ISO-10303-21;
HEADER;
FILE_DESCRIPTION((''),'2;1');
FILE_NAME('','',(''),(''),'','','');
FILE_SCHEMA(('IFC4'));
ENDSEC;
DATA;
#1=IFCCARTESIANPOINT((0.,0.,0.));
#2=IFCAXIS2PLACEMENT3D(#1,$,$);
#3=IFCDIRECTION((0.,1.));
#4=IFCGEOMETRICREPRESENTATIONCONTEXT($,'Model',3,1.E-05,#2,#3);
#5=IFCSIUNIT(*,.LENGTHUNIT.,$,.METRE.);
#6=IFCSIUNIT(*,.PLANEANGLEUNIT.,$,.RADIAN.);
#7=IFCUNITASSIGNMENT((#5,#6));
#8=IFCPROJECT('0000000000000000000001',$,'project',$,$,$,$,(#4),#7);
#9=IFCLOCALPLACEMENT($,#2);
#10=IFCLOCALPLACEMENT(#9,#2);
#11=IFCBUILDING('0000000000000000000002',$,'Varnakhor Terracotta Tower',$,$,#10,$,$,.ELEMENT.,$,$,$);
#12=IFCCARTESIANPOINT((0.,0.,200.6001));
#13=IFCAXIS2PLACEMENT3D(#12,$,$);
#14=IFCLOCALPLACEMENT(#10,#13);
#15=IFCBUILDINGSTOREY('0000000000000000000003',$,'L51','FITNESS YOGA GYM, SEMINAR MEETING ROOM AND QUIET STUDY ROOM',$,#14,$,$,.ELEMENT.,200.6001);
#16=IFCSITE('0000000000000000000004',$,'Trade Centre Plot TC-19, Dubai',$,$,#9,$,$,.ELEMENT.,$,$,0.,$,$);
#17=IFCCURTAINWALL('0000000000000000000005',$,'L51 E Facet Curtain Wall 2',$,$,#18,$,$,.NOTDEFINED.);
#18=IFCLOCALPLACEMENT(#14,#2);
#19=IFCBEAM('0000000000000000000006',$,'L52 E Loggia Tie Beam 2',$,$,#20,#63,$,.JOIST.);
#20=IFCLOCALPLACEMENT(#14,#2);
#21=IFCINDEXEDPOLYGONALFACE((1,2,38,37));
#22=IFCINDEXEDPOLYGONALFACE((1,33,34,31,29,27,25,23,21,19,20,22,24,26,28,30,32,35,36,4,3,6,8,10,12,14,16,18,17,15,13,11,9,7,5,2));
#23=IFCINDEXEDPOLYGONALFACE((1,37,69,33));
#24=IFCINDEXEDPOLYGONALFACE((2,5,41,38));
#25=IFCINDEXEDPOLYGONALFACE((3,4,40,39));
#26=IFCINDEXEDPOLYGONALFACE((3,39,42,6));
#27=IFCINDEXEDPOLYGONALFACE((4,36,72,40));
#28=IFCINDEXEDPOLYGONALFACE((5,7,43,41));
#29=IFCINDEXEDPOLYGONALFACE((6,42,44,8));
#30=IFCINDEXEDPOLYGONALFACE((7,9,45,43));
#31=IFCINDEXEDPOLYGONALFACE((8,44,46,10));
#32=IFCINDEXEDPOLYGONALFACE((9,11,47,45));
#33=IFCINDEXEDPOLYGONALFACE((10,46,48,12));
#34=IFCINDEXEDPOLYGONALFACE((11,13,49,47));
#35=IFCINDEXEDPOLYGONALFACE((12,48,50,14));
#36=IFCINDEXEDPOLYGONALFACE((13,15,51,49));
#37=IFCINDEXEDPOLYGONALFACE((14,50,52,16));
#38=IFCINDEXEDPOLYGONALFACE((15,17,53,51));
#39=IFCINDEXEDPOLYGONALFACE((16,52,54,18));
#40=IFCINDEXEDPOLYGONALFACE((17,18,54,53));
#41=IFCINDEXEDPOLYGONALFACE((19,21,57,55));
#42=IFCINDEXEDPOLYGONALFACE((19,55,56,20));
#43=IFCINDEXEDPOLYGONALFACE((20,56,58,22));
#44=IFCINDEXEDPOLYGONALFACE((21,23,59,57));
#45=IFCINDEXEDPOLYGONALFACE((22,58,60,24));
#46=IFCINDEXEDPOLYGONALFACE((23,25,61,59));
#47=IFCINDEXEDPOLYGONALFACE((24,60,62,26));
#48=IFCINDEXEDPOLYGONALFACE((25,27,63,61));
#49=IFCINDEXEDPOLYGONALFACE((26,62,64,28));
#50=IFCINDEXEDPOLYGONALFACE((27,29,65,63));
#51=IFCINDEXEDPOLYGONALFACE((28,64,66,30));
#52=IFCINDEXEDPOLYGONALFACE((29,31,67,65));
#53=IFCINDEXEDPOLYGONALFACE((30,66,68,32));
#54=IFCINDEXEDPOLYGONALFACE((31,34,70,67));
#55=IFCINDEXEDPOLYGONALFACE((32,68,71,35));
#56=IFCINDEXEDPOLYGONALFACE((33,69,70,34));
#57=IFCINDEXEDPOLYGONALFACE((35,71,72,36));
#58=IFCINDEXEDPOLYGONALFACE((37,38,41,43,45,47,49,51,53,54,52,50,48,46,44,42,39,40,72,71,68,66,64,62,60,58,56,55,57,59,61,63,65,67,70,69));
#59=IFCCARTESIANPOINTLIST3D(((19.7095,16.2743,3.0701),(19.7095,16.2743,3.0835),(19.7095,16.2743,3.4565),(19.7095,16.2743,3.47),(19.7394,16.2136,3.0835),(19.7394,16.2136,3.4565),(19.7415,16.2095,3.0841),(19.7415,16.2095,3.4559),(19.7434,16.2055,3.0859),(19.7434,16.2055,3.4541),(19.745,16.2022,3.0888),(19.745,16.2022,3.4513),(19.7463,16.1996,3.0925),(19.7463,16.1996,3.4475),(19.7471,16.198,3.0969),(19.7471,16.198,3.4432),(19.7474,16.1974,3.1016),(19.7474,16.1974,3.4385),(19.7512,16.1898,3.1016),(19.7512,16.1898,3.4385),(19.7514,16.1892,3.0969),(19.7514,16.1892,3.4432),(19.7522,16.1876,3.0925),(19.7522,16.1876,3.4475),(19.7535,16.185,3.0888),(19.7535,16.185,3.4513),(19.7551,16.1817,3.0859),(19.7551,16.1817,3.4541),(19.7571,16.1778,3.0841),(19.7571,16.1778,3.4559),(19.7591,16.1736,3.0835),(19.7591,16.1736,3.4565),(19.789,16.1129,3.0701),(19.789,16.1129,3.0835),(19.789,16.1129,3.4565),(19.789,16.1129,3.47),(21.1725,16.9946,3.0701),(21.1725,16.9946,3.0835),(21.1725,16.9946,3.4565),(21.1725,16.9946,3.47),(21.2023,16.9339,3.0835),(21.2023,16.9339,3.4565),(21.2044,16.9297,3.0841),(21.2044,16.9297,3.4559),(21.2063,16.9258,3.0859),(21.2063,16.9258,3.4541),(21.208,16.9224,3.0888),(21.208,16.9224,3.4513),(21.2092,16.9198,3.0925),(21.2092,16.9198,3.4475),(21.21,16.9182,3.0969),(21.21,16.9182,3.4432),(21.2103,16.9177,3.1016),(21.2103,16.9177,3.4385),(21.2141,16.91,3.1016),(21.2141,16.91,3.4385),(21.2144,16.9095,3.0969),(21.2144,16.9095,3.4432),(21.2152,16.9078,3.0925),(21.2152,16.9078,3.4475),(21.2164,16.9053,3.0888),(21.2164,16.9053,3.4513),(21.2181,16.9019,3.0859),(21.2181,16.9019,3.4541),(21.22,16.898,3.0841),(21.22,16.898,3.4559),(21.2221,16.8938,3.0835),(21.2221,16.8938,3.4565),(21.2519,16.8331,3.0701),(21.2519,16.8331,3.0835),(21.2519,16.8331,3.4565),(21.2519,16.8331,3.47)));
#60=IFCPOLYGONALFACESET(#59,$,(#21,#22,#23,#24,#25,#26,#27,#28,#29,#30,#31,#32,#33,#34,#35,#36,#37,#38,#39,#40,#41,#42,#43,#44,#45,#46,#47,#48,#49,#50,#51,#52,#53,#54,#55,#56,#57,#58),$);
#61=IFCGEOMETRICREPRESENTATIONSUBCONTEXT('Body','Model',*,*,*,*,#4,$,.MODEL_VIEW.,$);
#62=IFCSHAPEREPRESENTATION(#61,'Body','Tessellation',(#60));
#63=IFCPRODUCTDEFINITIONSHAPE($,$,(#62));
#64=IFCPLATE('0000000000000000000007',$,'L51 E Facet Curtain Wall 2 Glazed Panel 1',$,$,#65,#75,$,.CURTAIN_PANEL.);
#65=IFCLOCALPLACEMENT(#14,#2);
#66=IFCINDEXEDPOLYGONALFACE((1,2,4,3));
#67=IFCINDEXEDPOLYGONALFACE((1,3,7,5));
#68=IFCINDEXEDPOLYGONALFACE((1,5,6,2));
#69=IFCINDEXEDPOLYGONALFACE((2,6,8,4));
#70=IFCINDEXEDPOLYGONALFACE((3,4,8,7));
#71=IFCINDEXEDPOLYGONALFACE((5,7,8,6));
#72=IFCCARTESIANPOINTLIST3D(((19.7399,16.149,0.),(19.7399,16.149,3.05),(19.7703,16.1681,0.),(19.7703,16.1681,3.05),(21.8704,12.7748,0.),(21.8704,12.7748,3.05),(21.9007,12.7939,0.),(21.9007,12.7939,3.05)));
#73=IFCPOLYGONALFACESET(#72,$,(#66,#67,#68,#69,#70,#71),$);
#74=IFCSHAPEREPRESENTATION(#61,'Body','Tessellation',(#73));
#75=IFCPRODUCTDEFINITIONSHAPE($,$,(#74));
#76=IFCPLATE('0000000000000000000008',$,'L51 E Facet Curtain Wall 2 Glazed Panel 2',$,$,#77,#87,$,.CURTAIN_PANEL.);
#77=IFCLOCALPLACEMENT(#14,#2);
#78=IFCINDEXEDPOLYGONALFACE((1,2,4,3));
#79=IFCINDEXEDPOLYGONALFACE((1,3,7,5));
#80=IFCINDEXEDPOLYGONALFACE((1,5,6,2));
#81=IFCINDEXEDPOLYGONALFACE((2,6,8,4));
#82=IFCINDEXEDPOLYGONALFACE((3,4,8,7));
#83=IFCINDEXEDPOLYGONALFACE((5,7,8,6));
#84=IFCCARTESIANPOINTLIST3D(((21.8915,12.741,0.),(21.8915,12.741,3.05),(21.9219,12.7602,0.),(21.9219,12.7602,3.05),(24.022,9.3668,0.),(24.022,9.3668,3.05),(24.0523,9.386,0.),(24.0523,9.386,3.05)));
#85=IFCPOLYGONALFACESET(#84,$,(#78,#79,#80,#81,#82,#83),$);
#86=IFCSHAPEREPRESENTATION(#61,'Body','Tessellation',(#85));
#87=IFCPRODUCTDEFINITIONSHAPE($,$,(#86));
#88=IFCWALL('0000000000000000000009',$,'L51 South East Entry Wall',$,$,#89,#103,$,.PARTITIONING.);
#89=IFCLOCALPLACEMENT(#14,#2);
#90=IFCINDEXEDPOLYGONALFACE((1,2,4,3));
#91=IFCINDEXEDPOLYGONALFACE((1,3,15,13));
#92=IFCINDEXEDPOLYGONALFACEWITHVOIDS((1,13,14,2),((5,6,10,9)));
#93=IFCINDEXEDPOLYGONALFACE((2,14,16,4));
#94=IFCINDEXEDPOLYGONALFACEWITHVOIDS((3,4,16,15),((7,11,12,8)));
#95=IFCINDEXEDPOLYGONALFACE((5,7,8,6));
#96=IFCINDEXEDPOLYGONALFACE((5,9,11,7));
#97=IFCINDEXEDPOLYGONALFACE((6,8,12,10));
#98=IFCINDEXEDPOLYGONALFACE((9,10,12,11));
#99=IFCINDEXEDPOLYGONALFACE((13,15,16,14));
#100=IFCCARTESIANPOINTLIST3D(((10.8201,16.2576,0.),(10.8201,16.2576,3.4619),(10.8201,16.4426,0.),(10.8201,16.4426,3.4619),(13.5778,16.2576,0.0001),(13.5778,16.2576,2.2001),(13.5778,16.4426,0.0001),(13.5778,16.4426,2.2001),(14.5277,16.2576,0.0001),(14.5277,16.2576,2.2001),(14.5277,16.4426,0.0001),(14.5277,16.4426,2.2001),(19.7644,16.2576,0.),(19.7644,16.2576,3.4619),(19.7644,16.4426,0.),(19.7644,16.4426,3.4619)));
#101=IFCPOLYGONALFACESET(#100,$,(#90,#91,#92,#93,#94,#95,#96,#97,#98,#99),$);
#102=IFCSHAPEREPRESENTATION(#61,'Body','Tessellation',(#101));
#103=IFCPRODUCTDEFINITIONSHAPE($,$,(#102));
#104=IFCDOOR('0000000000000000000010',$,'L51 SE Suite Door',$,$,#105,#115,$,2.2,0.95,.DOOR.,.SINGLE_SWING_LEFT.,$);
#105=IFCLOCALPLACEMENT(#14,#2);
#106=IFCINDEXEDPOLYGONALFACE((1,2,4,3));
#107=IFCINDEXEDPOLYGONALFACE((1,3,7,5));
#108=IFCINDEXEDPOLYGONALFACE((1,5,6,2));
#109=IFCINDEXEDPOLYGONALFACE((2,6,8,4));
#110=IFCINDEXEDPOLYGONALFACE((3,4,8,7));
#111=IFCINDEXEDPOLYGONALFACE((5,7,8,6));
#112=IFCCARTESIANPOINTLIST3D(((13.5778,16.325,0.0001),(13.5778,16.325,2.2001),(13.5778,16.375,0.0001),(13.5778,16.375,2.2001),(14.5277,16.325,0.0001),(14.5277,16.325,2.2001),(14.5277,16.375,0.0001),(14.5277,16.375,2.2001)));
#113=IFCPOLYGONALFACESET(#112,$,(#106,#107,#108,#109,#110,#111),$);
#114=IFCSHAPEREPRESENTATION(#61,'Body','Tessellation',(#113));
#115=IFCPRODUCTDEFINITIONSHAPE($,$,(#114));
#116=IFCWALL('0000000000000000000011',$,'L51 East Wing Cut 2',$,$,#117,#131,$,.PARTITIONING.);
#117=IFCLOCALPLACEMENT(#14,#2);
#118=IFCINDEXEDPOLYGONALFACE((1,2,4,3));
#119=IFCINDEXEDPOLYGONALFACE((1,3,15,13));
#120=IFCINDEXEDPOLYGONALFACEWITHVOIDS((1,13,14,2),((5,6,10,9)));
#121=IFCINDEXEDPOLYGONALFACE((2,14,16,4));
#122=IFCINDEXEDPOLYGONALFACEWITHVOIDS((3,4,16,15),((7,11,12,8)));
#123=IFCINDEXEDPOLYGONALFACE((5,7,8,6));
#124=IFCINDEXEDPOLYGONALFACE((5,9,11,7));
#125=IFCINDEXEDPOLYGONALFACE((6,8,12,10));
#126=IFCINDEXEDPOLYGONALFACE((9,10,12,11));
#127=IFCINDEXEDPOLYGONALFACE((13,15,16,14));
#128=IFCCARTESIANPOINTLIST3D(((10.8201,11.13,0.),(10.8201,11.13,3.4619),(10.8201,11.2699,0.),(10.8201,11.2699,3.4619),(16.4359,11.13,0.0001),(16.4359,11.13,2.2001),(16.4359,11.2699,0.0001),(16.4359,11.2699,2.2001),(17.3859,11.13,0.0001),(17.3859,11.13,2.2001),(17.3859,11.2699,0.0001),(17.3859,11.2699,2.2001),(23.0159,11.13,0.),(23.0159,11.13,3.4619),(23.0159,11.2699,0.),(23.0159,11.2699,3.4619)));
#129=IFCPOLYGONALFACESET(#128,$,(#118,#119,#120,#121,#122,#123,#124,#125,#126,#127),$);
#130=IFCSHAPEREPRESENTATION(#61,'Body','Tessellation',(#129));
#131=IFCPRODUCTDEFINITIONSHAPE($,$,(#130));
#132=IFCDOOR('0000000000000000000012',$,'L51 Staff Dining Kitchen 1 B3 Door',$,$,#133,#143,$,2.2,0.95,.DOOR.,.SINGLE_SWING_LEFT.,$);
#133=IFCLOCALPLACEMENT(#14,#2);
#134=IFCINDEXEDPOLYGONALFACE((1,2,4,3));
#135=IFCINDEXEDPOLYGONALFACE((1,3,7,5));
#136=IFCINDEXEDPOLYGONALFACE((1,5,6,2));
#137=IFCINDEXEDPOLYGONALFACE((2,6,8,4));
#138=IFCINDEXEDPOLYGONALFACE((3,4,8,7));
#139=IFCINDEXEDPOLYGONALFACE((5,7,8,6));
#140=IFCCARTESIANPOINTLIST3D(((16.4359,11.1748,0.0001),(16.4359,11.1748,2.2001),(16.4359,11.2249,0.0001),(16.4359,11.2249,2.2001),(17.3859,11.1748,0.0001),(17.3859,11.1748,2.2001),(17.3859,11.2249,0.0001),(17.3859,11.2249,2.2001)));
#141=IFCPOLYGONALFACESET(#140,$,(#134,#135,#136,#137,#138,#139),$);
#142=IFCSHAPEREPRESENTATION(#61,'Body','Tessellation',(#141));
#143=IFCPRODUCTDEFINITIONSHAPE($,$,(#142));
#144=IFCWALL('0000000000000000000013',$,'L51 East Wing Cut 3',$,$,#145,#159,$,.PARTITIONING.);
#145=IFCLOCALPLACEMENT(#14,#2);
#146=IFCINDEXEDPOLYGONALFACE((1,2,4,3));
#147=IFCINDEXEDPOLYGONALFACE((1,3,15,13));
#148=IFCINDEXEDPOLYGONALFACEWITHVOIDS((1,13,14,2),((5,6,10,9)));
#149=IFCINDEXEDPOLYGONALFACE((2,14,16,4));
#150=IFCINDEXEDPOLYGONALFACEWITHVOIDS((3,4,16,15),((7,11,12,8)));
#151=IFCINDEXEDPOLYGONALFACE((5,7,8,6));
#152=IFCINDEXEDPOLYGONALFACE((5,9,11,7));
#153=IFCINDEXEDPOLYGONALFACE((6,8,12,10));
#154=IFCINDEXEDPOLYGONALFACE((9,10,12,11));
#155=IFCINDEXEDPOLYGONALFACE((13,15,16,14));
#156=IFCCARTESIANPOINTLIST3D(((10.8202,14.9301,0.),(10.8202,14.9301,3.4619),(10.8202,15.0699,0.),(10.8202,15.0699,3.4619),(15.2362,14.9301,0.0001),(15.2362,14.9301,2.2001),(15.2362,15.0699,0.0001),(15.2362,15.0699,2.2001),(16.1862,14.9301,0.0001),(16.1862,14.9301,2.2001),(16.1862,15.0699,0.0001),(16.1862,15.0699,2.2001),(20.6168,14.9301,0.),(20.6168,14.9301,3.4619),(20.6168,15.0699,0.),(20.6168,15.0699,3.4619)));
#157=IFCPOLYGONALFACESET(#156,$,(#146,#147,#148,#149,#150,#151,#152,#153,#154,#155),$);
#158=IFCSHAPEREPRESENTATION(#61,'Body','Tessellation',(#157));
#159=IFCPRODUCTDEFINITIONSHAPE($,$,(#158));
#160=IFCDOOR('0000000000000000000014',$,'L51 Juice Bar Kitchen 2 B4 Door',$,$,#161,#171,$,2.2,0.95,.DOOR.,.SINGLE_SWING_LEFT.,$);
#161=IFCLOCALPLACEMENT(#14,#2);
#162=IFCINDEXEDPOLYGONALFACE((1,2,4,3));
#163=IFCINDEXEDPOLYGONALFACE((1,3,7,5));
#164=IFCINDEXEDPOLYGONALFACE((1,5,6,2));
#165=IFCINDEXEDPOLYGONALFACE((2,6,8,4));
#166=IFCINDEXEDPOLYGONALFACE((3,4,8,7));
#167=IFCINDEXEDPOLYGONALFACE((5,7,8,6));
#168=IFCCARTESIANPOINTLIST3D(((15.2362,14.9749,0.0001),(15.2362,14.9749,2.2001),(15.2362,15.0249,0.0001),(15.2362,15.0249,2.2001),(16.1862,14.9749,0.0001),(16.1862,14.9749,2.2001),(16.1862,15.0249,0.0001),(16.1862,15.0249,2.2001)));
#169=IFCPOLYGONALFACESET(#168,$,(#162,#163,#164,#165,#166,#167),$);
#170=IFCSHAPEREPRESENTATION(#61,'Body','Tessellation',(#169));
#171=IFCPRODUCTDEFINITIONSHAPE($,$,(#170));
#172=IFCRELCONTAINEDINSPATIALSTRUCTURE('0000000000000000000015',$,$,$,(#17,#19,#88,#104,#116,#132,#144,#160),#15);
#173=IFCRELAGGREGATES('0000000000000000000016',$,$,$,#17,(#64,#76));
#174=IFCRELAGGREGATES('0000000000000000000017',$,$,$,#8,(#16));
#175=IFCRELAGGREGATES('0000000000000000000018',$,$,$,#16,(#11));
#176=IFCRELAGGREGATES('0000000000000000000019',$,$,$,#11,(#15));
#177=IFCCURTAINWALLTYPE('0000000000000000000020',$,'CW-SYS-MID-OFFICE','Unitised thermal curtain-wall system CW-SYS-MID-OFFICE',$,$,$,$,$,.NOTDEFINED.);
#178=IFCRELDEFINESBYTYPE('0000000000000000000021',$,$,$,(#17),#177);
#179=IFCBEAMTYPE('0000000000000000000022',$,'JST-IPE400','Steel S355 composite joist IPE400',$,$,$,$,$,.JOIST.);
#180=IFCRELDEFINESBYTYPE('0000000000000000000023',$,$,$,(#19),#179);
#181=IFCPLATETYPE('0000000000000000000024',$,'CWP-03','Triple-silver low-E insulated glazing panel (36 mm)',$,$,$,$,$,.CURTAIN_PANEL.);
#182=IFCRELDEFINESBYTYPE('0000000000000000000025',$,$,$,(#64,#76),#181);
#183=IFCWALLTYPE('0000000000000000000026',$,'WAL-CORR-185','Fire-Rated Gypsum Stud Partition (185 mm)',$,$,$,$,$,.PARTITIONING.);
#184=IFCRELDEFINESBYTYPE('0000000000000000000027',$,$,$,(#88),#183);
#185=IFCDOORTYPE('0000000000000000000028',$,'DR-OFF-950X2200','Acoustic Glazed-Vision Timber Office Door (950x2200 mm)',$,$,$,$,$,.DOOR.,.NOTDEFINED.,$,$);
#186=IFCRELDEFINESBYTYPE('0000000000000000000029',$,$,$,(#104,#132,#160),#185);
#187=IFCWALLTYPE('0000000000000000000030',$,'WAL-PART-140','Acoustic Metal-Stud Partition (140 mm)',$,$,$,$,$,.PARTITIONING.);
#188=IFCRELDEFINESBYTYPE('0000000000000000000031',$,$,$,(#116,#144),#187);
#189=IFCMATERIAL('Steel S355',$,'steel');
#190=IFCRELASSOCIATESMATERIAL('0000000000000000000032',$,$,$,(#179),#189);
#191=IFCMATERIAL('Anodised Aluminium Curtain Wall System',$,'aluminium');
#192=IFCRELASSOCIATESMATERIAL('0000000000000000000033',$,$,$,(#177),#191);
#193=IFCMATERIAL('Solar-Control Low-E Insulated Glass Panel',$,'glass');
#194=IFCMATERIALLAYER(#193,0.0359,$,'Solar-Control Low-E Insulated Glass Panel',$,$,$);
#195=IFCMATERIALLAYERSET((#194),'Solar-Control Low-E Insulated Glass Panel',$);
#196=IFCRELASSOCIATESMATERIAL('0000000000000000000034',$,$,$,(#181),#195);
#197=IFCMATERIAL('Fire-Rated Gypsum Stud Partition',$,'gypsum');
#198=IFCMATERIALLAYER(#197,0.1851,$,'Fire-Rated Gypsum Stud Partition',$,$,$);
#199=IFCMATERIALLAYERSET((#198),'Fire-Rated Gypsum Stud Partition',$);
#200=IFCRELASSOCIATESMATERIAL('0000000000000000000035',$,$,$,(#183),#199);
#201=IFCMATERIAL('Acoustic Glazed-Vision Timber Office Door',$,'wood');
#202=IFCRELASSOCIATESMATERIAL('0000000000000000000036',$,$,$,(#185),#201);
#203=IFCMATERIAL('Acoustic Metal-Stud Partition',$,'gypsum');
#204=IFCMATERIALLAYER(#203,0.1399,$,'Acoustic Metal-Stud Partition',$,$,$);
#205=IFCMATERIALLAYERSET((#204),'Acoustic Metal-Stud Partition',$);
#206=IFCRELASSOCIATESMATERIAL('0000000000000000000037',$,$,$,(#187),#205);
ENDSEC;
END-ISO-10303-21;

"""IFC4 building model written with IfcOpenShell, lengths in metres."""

from ifc_helpers import new_model, si_unit, direction, frame, frame_2d, origin, origin_2d, place, context, subcontext, project, spatial, rectangle, i_section, extrude, source, transform, mapped, material, layer, layer_set, material_profile, profile_set, type_object, type_shapes, element, fill, aggregate, save


model = new_model("IFC4")

# Units and contexts
model_context = context("Model", 3, precision=1e-05, world=origin(), true_north=direction((0.0, 1.0)))
body_context = subcontext(model_context, "Body", "Model", "MODEL_VIEW")
ifc_project = project(units=[si_unit("LENGTHUNIT", "METRE"), si_unit("PLANEANGLEUNIT", "RADIAN")], contexts=[model_context])

# Site, building, storey
site_placement = place(None, origin())
site = spatial("IfcSite", under=ifc_project, at=site_placement, Name="Trade Centre Plot TC-19, Dubai", CompositionType="ELEMENT", RefElevation=0.0)
building_placement = place(site_placement, origin())
building = spatial("IfcBuilding", under=site, at=building_placement, Name="Varnakhor Terracotta Tower", CompositionType="ELEMENT")
storey_placement = place(building_placement, frame((0.0, 0.0, 200.6001)))
storey = spatial("IfcBuildingStorey", under=building, at=storey_placement, Name="L51", Description="FITNESS YOGA GYM, SEMINAR MEETING ROOM AND QUIET STUDY ROOM", CompositionType="ELEMENT", Elevation=200.6001)

# Shared definitions
ifc_material_1 = material(Name="Steel S355", Category="steel")
ifc_material_profile_1 = material_profile(ifc_material_1, i_section(OverallWidth=0.1799, OverallDepth=0.3999, WebThickness=0.0085, FlangeThickness=0.0134, FilletRadius=0.0181, at=origin_2d()), Name="IPE400")
ifc_profile_set_1 = profile_set([ifc_material_profile_1], Name="Steel S355")
beam_type = type_object("IfcBeamType", Name="JST-IPE400", Description="Steel S355 composite joist IPE400", PredefinedType="JOIST", material=ifc_profile_set_1)

# Curtain wall
ifc_material_2 = material(Name="Anodised Aluminium Curtain Wall System", Category="aluminium")
curtain_wall_type = type_object("IfcCurtainWallType", Name="CW-SYS-MID-OFFICE", Description="Unitised thermal curtain-wall system CW-SYS-MID-OFFICE", PredefinedType="NOTDEFINED", material=ifc_material_2)
curtain_wall_placement = place(storey_placement, origin())
curtain_wall = element("IfcCurtainWall", 1, at=curtain_wall_placement, inside=storey, type_object=curtain_wall_type, Name="L51 E Facet Curtain Wall 2", PredefinedType="NOTDEFINED")

# Beam
shared_shape_1 = source(origin(), body_context, "Body", "SweptSolid", [
    extrude(i_section(OverallWidth=0.1799, OverallDepth=0.3999, WebThickness=0.0085, FlangeThickness=0.0134, FilletRadius=0.0181, at=origin_2d()), origin(), (0.0, 0.0, 1.0), 1.6306),
])
beam_1_placement = place(storey_placement, frame((19.7493, 16.1936, 3.27), z_axis=(0.897165, 0.441695, 0.0), x_axis=(-0.441695, 0.897165, 0.0)))
element("IfcBeam", 2, at=beam_1_placement, inside=storey, type_object=beam_type, Name="L52 E Loggia Tie Beam 2", PredefinedType="JOIST", context=body_context, shape_type="MappedRepresentation", body=[
    mapped(shared_shape_1, transform((0.0, 0.0, 0.0), scale=1.0)),
])

# Plates
ifc_material_3 = material(Name="Solar-Control Low-E Insulated Glass Panel", Category="glass")
ifc_layer_1 = layer(ifc_material_3, 0.0359, Name="Solar-Control Low-E Insulated Glass Panel")
ifc_layer_set_1 = layer_set([ifc_layer_1], Name="Solar-Control Low-E Insulated Glass Panel")
plate_type = type_object("IfcPlateType", Name="CWP-03", Description="Triple-silver low-E insulated glazing panel (36 mm)", PredefinedType="CURTAIN_PANEL", material=ifc_layer_set_1)
shared_shape_2 = source(origin(), body_context, "Body", "SweptSolid", [
    extrude(rectangle(XDim=3.9905, YDim=0.0359, at=origin_2d()), origin(), (0.0, 0.0, 1.0), 3.05),
])
plate_1_placement = place(storey_placement, frame((20.8203, 14.4714, 0.0), z_axis=(0.0, 0.0, 1.0), x_axis=(0.53388, -0.84556, 0.0)))
plate_1 = element("IfcPlate", 3, at=plate_1_placement, type_object=plate_type, Name="L51 E Facet Curtain Wall 2 Glazed Panel 1", PredefinedType="CURTAIN_PANEL", context=body_context, shape_type="MappedRepresentation", body=[
    mapped(shared_shape_2, transform((0.0, 0.0, 0.0), scale=1.0)),
])
plate_2_placement = place(storey_placement, frame((22.9719, 11.0635, 0.0), z_axis=(0.0, 0.0, 1.0), x_axis=(0.53388, -0.84556, 0.0)))
plate_2 = element("IfcPlate", 4, at=plate_2_placement, type_object=plate_type, Name="L51 E Facet Curtain Wall 2 Glazed Panel 2", PredefinedType="CURTAIN_PANEL", context=body_context, shape_type="MappedRepresentation", body=[
    mapped(shared_shape_2, transform((0.0, 0.0, 0.0), scale=1.0)),
])
aggregate(curtain_wall, [plate_1, plate_2])

# Walls, openings, doors
ifc_material_4 = material(Name="Fire-Rated Gypsum Stud Partition", Category="gypsum")
ifc_layer_2 = layer(ifc_material_4, 0.1851, Name="Fire-Rated Gypsum Stud Partition")
ifc_layer_set_2 = layer_set([ifc_layer_2], Name="Fire-Rated Gypsum Stud Partition")
wall_type_1 = type_object("IfcWallType", Name="WAL-CORR-185", Description="Fire-Rated Gypsum Stud Partition (185 mm)", PredefinedType="PARTITIONING", material=ifc_layer_set_2)
wall_1_placement = place(storey_placement, frame((10.8201, 16.3501, 0.0), z_axis=(0.0, 0.0, 1.0), x_axis=(1.0, 0.0, 0.0)))
wall_1 = element("IfcWall", 5, at=wall_1_placement, inside=storey, type_object=wall_type_1, Name="L51 South East Entry Wall", PredefinedType="PARTITIONING", context=body_context, shape_type="SweptSolid", body=[
    extrude(rectangle(XDim=8.9443, YDim=0.1851, at=frame_2d((4.4722, 0.0))), origin(), (0.0, 0.0, 1.0), 3.4619),
])
opening_1_placement = place(wall_1_placement, frame((2.7576, 0.0, 0.0)))
opening_1 = element("IfcOpeningElement", 6, at=opening_1_placement, cuts=wall_1, PredefinedType="OPENING", context=body_context, shape_type="SweptSolid", body=[
    extrude(rectangle(XDim=0.95, YDim=2.2, at=frame_2d((0.4751, 1.1001))), frame((0.0, 0.1025, 0.0), z_axis=(0.0, -1.0, 0.0), x_axis=(1.0, 0.0, 0.0)), (0.0, 0.0, 1.0), 0.2051),
])
ifc_material_5 = material(Name="Acoustic Glazed-Vision Timber Office Door", Category="wood")
door_type = type_object("IfcDoorType", Name="DR-OFF-950X2200", Description="Acoustic Glazed-Vision Timber Office Door (950x2200 mm)", OperationType="NOTDEFINED", PredefinedType="DOOR", material=ifc_material_5)
shared_shape_3 = source(origin(), body_context, "Body", "SweptSolid", [
    extrude(rectangle(XDim=0.95, YDim=2.2, at=frame_2d((0.4751, 1.1001))), frame((0.0, 0.0249, 0.0), z_axis=(0.0, -1.0, 0.0), x_axis=(1.0, 0.0, 0.0)), (0.0, 0.0, 1.0), 0.05),
])
type_shapes(door_type, [shared_shape_3])
door_1_placement = place(opening_1_placement, origin())
door_1 = element("IfcDoor", 7, at=door_1_placement, inside=storey, type_object=door_type, Name="L51 SE Suite Door", OperationType="SINGLE_SWING_LEFT", OverallHeight=2.2, OverallWidth=0.95, PredefinedType="DOOR", context=body_context, shape_type="MappedRepresentation", body=[
    mapped(shared_shape_3, transform((0.0, 0.0, 0.0), scale=1.0)),
])
fill(opening_1, door_1)
ifc_material_6 = material(Name="Acoustic Metal-Stud Partition", Category="gypsum")
ifc_layer_3 = layer(ifc_material_6, 0.1399, Name="Acoustic Metal-Stud Partition")
ifc_layer_set_3 = layer_set([ifc_layer_3], Name="Acoustic Metal-Stud Partition")
wall_type_2 = type_object("IfcWallType", Name="WAL-PART-140", Description="Acoustic Metal-Stud Partition (140 mm)", PredefinedType="PARTITIONING", material=ifc_layer_set_3)
wall_2_placement = place(storey_placement, frame((10.8201, 11.2, 0.0), z_axis=(0.0, 0.0, 1.0), x_axis=(1.0, 0.0, 0.0)))
wall_2 = element("IfcWall", 8, at=wall_2_placement, inside=storey, type_object=wall_type_2, Name="L51 East Wing Cut 2", PredefinedType="PARTITIONING", context=body_context, shape_type="SweptSolid", body=[
    extrude(rectangle(XDim=12.1958, YDim=0.1399, at=frame_2d((6.0979, 0.0))), origin(), (0.0, 0.0, 1.0), 3.4619),
])
opening_2_placement = place(wall_2_placement, frame((5.6157, 0.0, 0.0)))
opening_2 = element("IfcOpeningElement", 9, at=opening_2_placement, cuts=wall_2, PredefinedType="OPENING", context=body_context, shape_type="SweptSolid", body=[
    extrude(rectangle(XDim=0.95, YDim=2.2, at=frame_2d((0.4751, 1.1001))), frame((0.0, 0.0801, 0.0), z_axis=(0.0, -1.0, 0.0), x_axis=(1.0, 0.0, 0.0)), (0.0, 0.0, 1.0), 0.1599),
])
door_2_placement = place(opening_2_placement, origin())
door_2 = element("IfcDoor", 10, at=door_2_placement, inside=storey, type_object=door_type, Name="L51 Staff Dining Kitchen 1 B3 Door", OperationType="SINGLE_SWING_LEFT", OverallHeight=2.2, OverallWidth=0.95, PredefinedType="DOOR", context=body_context, shape_type="MappedRepresentation", body=[
    mapped(shared_shape_3, transform((0.0, 0.0, 0.0), scale=1.0)),
])
fill(opening_2, door_2)
wall_3_placement = place(storey_placement, frame((10.8201, 15.0, 0.0), z_axis=(0.0, 0.0, 1.0), x_axis=(1.0, 0.0, 0.0)))
wall_3 = element("IfcWall", 11, at=wall_3_placement, inside=storey, type_object=wall_type_2, Name="L51 East Wing Cut 3", PredefinedType="PARTITIONING", context=body_context, shape_type="SweptSolid", body=[
    extrude(rectangle(XDim=9.7966, YDim=0.1399, at=frame_2d((4.8984, 0.0))), origin(), (0.0, 0.0, 1.0), 3.4619),
])
opening_3_placement = place(wall_3_placement, frame((4.416, 0.0, 0.0)))
opening_3 = element("IfcOpeningElement", 12, at=opening_3_placement, cuts=wall_3, PredefinedType="OPENING", context=body_context, shape_type="SweptSolid", body=[
    extrude(rectangle(XDim=0.95, YDim=2.2, at=frame_2d((0.4751, 1.1001))), frame((0.0, 0.0801, 0.0), z_axis=(0.0, -1.0, 0.0), x_axis=(1.0, 0.0, 0.0)), (0.0, 0.0, 1.0), 0.1599),
])
door_3_placement = place(opening_3_placement, origin())
door_3 = element("IfcDoor", 13, at=door_3_placement, inside=storey, type_object=door_type, Name="L51 Juice Bar Kitchen 2 B4 Door", OperationType="SINGLE_SWING_LEFT", OverallHeight=2.2, OverallWidth=0.95, PredefinedType="DOOR", context=body_context, shape_type="MappedRepresentation", body=[
    mapped(shared_shape_3, transform((0.0, 0.0, 0.0), scale=1.0)),
])
fill(opening_3, door_3)

save(model, "model.ifc")
